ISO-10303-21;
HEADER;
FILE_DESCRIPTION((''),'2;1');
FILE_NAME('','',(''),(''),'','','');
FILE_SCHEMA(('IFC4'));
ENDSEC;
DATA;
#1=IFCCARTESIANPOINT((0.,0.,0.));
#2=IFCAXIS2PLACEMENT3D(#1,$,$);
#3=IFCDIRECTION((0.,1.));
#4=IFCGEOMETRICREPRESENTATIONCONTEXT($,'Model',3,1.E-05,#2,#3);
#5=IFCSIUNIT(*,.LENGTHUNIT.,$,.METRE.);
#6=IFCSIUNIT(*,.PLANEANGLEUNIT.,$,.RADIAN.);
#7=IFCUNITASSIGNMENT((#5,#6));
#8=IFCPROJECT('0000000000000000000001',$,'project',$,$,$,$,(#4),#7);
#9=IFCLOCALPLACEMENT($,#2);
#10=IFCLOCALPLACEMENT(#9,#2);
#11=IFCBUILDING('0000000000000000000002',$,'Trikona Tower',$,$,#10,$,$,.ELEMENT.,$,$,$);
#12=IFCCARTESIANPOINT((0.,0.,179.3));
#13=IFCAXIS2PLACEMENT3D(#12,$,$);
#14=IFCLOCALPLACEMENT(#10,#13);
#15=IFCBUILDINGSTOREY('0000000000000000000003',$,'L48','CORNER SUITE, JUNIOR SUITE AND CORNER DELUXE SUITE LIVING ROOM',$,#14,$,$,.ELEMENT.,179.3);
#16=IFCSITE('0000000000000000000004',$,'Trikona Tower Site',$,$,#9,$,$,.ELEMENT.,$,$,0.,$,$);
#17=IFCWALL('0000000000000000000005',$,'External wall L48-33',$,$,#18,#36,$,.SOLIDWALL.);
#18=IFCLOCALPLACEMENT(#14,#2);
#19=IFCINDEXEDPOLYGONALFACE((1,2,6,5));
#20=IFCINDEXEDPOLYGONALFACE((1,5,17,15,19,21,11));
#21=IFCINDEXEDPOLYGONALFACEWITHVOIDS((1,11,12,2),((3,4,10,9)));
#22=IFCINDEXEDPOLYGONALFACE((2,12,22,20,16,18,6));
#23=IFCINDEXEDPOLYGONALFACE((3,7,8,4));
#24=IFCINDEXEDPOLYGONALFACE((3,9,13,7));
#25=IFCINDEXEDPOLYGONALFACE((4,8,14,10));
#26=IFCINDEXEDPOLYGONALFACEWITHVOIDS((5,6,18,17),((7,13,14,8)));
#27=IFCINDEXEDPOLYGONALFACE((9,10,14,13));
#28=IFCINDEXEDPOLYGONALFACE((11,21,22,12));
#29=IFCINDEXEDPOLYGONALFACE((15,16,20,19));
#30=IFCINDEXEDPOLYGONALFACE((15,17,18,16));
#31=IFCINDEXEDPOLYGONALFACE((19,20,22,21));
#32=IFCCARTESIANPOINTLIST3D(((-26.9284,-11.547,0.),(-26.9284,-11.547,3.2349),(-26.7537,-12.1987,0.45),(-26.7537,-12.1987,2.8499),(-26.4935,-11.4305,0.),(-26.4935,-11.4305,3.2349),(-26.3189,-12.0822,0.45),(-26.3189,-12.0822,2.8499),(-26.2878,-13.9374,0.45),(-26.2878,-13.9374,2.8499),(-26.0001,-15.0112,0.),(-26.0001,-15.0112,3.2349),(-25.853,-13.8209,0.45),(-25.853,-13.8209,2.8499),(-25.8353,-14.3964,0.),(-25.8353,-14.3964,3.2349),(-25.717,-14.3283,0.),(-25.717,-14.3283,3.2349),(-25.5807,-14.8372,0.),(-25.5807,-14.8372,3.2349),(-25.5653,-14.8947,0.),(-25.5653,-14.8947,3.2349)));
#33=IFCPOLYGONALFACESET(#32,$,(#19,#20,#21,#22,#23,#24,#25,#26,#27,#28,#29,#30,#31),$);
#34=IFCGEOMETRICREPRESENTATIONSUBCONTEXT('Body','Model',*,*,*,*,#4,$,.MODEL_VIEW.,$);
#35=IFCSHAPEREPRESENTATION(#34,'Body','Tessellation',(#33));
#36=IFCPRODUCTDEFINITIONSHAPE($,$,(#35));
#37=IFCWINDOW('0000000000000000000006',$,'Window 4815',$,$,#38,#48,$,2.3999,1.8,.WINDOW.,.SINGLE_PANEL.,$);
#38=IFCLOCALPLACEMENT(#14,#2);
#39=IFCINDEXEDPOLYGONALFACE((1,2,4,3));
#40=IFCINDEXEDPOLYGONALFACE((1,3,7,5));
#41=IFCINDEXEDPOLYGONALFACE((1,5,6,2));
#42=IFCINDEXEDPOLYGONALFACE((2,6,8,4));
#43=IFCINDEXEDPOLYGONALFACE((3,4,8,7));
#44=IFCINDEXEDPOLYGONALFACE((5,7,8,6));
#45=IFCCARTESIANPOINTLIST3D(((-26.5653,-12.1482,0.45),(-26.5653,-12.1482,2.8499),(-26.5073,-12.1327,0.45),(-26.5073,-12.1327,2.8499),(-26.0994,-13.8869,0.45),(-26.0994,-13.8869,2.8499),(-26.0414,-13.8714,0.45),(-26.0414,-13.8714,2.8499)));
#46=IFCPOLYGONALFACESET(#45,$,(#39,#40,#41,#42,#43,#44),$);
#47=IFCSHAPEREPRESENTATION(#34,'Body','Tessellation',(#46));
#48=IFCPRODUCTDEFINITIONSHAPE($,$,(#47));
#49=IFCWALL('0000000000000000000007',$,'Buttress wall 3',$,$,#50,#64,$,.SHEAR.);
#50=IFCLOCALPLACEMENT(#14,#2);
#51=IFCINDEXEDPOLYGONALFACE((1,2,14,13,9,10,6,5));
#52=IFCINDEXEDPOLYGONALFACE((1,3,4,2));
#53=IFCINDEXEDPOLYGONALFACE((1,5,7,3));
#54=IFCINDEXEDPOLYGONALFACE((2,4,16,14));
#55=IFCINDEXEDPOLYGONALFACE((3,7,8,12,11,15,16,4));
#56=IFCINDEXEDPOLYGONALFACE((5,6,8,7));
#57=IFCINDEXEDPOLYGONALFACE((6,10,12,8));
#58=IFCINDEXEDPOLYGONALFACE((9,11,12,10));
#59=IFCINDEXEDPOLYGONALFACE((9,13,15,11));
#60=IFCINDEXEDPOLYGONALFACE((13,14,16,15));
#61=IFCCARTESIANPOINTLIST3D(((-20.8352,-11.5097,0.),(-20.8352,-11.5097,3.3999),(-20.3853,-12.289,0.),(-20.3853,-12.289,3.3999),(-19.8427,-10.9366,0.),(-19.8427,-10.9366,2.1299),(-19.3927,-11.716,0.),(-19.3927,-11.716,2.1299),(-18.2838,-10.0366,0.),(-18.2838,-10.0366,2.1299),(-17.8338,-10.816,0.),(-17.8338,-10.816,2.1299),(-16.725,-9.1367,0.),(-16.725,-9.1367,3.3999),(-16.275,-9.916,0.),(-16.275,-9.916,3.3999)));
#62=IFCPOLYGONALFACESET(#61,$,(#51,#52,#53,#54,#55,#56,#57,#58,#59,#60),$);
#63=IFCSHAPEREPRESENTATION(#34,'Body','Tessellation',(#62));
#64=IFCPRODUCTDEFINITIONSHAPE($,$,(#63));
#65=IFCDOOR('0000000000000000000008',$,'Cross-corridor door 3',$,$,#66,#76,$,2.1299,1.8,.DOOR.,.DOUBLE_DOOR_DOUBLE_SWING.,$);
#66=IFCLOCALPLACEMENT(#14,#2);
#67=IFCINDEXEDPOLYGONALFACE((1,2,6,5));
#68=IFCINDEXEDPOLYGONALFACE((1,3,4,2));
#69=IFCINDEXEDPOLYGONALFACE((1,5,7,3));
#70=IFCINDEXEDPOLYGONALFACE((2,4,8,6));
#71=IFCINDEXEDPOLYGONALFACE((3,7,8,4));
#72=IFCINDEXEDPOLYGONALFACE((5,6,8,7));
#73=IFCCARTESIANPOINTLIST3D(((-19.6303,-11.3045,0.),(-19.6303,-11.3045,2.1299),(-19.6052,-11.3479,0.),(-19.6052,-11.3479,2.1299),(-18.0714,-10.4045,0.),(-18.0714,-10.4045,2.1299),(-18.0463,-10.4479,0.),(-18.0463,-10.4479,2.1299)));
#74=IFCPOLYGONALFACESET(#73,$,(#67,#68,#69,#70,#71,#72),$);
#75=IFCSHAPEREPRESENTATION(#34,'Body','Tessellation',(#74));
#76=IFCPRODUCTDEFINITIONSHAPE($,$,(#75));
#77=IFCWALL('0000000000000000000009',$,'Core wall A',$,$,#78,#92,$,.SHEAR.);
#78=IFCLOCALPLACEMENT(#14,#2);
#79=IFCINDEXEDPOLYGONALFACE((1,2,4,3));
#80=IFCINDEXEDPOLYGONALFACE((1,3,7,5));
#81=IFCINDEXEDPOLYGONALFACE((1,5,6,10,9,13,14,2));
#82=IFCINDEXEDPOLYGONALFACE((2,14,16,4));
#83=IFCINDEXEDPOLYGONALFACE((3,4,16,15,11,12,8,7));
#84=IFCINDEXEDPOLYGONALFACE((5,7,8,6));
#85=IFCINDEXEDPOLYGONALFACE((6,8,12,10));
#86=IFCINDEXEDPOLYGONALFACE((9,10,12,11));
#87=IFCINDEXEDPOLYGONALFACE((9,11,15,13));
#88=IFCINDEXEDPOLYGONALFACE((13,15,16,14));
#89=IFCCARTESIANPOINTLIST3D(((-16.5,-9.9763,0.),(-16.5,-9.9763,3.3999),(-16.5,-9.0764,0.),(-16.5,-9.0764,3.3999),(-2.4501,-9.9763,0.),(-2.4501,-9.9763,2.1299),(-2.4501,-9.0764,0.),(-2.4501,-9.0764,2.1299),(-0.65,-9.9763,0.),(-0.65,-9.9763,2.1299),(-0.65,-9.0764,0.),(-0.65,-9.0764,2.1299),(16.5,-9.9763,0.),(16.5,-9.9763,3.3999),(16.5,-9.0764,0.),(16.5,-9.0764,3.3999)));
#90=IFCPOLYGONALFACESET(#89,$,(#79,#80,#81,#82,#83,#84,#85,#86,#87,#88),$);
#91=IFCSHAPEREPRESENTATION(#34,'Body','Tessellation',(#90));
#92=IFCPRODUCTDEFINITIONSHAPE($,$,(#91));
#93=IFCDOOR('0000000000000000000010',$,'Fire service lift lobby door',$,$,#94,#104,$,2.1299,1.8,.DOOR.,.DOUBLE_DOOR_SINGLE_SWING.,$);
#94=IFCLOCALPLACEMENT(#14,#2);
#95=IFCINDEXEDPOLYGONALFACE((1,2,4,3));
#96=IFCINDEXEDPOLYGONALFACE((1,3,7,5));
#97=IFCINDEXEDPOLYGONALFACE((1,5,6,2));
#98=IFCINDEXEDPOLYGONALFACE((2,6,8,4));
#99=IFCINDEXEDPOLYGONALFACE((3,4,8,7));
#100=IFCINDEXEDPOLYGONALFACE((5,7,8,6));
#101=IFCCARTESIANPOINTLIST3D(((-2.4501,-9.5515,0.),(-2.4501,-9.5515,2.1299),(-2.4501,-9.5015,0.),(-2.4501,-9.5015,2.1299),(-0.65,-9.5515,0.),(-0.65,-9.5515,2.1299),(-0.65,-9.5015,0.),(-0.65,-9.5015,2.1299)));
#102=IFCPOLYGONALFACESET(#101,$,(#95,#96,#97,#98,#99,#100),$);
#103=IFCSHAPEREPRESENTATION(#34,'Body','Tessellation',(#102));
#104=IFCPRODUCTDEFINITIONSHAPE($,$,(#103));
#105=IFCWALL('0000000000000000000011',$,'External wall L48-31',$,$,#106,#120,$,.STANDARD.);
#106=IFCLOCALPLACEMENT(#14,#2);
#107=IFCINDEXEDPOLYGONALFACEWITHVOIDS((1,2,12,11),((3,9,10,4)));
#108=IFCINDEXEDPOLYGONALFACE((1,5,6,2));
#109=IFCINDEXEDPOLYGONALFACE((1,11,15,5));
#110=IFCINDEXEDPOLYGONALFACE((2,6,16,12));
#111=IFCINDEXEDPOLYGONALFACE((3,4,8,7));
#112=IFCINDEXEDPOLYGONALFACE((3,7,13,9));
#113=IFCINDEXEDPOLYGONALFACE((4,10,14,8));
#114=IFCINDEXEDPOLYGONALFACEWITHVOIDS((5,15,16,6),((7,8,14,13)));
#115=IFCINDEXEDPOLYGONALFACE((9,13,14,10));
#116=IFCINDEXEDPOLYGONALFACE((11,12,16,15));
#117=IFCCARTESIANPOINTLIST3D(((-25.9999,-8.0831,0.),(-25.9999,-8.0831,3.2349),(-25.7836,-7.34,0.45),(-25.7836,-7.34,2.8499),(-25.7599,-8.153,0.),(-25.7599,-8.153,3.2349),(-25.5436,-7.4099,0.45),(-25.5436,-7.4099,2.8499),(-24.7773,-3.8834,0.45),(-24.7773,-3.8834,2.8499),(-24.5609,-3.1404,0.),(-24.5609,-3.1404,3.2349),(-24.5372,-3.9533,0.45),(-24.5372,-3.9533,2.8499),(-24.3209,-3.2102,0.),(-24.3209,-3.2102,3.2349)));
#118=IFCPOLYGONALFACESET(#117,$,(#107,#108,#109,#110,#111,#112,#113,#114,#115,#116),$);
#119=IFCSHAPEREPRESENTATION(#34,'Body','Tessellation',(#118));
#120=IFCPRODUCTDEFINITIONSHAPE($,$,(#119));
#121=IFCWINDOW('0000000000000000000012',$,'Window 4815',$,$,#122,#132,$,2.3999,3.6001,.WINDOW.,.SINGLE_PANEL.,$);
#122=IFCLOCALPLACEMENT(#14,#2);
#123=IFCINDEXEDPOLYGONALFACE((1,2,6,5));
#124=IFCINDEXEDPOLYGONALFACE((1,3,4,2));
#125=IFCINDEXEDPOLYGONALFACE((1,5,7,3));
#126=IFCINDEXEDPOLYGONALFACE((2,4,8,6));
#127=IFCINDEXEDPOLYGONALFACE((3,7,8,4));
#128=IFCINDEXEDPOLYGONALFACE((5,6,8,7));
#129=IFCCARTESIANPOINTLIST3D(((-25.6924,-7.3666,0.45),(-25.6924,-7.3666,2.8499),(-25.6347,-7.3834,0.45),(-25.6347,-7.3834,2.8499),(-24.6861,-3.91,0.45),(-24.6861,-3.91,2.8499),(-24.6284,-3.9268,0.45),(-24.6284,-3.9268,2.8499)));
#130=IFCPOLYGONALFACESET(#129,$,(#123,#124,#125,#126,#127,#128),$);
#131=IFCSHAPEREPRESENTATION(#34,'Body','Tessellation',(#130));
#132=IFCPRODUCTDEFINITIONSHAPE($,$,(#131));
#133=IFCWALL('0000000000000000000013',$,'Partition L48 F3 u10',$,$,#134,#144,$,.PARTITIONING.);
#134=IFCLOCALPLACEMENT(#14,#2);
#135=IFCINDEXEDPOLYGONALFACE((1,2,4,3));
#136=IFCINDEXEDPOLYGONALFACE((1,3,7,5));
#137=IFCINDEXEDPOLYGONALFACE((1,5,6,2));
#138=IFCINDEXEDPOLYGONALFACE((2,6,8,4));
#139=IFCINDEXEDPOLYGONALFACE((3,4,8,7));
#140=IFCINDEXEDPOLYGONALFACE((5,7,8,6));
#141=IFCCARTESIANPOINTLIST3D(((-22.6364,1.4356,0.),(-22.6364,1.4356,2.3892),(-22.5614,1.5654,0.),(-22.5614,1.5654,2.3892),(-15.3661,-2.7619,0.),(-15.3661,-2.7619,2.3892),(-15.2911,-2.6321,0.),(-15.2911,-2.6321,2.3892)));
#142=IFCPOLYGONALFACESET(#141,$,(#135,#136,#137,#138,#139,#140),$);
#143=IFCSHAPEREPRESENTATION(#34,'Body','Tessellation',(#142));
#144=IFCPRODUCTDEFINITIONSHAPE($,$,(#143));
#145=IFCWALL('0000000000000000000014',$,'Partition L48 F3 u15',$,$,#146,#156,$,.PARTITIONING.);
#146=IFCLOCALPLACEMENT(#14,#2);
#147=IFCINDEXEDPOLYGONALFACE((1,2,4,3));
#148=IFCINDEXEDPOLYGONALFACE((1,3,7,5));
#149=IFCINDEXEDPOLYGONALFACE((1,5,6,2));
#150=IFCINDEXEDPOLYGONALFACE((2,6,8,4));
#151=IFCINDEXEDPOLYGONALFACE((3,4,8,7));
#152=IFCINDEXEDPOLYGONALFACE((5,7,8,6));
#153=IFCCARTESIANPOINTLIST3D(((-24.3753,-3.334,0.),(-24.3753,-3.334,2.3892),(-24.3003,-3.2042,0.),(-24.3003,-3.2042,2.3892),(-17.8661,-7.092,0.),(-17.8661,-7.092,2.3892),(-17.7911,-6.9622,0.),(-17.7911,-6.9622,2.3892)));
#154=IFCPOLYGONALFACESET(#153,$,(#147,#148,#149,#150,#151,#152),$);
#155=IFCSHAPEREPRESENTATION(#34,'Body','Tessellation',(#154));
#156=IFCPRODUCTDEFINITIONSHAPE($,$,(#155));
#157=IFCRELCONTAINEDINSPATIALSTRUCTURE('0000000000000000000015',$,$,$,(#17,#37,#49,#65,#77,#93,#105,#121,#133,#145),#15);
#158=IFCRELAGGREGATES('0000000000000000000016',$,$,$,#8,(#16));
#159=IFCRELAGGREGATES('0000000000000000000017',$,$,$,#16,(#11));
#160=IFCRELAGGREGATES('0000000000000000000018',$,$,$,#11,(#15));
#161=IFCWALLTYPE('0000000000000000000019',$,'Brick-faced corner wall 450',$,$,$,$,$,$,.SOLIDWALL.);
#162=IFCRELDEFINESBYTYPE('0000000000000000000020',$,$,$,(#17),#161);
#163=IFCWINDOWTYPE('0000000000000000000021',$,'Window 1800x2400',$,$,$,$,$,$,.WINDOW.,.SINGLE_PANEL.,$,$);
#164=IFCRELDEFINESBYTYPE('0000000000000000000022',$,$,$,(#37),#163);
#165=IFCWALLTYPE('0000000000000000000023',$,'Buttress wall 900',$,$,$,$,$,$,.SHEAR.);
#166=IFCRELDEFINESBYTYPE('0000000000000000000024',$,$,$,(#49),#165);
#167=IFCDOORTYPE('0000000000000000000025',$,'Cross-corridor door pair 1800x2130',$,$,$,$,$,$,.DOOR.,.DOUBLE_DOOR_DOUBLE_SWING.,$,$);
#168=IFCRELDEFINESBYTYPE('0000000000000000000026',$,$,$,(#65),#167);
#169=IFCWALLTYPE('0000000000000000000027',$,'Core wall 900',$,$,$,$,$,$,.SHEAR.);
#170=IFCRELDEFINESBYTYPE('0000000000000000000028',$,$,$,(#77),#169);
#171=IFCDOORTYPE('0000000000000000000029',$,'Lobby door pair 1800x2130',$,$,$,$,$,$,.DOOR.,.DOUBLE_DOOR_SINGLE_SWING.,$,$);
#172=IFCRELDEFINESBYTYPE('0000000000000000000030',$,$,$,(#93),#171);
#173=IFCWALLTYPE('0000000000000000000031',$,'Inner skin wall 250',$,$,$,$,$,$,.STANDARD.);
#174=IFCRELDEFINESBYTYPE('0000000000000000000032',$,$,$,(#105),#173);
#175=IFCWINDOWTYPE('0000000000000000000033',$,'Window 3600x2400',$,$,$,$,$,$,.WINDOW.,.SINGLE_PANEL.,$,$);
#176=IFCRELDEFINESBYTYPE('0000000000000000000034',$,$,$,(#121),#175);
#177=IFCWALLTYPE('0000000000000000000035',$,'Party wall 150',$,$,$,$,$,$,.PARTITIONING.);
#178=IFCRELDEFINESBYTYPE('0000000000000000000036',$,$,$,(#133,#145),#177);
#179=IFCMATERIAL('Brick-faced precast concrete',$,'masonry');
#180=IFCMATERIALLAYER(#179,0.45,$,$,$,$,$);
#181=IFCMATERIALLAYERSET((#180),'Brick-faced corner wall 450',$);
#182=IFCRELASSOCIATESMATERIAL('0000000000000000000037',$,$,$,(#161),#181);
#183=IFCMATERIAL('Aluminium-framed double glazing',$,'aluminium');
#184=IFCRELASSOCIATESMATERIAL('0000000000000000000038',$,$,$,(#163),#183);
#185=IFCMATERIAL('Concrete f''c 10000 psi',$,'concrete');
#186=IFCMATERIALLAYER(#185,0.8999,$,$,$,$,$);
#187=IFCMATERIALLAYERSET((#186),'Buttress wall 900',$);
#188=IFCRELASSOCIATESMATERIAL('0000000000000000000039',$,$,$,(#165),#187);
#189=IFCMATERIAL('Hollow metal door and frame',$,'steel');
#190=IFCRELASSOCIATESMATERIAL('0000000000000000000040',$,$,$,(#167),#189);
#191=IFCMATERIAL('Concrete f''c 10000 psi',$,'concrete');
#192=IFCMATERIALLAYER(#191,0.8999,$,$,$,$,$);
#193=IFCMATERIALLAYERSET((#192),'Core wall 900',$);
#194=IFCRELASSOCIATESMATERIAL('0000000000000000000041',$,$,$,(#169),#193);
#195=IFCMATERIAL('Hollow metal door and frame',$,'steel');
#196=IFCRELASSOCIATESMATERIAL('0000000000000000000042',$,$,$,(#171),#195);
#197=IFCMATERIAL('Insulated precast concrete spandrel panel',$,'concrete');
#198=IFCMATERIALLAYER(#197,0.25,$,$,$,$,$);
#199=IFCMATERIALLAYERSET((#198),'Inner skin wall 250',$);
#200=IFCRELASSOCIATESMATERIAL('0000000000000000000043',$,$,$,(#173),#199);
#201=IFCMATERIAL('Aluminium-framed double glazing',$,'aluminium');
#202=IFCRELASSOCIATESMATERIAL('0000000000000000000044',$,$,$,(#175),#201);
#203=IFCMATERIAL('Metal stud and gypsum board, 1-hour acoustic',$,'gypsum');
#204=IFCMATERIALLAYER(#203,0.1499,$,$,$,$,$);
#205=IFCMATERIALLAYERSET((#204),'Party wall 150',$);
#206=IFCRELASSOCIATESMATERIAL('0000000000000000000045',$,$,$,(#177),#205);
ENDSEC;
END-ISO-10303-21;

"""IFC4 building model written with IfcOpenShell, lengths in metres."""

from ifc_helpers import new_model, si_unit, direction, frame, frame_2d, origin, place, context, subcontext, project, spatial, polyline, rectangle, outline, extrude, material, layer, layer_set, type_object, element, fill, save


model = new_model("IFC4")

# Units and contexts
model_context = context("Model", 3, precision=1e-05, world=origin(), true_north=direction((0.0, 1.0)))
body_context = subcontext(model_context, "Body", "Model", "MODEL_VIEW")
ifc_project = project(units=[si_unit("LENGTHUNIT", "METRE"), si_unit("PLANEANGLEUNIT", "RADIAN")], contexts=[model_context])

# Site, building, storey
site_placement = place(None, origin())
site = spatial("IfcSite", under=ifc_project, at=site_placement, Name="Trikona Tower Site", CompositionType="ELEMENT", RefElevation=0.0)
building_placement = place(site_placement, origin())
building = spatial("IfcBuilding", under=site, at=building_placement, Name="Trikona Tower", CompositionType="ELEMENT")
storey_placement = place(building_placement, frame((0.0, 0.0, 179.3)))
storey = spatial("IfcBuildingStorey", under=building, at=storey_placement, Name="L48", Description="CORNER SUITE, JUNIOR SUITE AND CORNER DELUXE SUITE LIVING ROOM", CompositionType="ELEMENT", Elevation=179.3)

# Wall, opening, window
ifc_material_1 = material(Name="Brick-faced precast concrete", Category="masonry")
ifc_layer_1 = layer(ifc_material_1, 0.45)
ifc_layer_set_1 = layer_set([ifc_layer_1], Name="Brick-faced corner wall 450")
wall_type_1 = type_object("IfcWallType", Name="Brick-faced corner wall 450", PredefinedType="SOLIDWALL", material=ifc_layer_set_1)
wall_1_placement = place(storey_placement, frame((-26.7109, -11.4888, 0.0), z_axis=(0.0, 0.0, 1.0), x_axis=(0.258823, -0.965925, 0.0)))
wall_1 = element("IfcWall", 1, at=wall_1_placement, inside=storey, type_object=wall_type_1, Name="External wall L48-33", PredefinedType="SOLIDWALL", context=body_context, shape_type="SweptSolid", body=[
    extrude(outline(polyline([(3.5864, 0.2251), (3.5269, 0.2251), (3.0352, 0.0933), (3.0, 0.2251), (0.0, 0.2251), (0.0, -0.2251), (3.5864, -0.2251), (3.5864, 0.2251)])), origin(), (0.0, 0.0, 1.0), 3.2349),
])
opening_1_placement = place(wall_1_placement, frame((0.6748, 0.0, 0.45)))
opening_1 = element("IfcOpeningElement", 2, at=opening_1_placement, cuts=wall_1, PredefinedType="OPENING", context=body_context, shape_type="SweptSolid", body=[
    extrude(rectangle(XDim=1.8, YDim=2.3999, at=frame_2d((0.8999, 1.2))), frame((0.0, 0.2349, 0.0), z_axis=(0.0, -1.0, 0.0), x_axis=(1.0, 0.0, 0.0)), (0.0, 0.0, 1.0), 0.47),
])
ifc_material_2 = material(Name="Aluminium-framed double glazing", Category="aluminium")
window_type_1 = type_object("IfcWindowType", Name="Window 1800x2400", PartitioningType="SINGLE_PANEL", PredefinedType="WINDOW", material=ifc_material_2)
window_1_placement = place(opening_1_placement, origin())
window_1 = element("IfcWindow", 3, at=window_1_placement, inside=storey, type_object=window_type_1, Name="Window 4815", OverallHeight=2.3999, OverallWidth=1.8, PartitioningType="SINGLE_PANEL", PredefinedType="WINDOW", context=body_context, shape_type="SweptSolid", body=[
    extrude(rectangle(XDim=1.8, YDim=2.3999, at=frame_2d((0.8999, 1.2))), frame((0.0, 0.03, 0.0), z_axis=(0.0, -1.0, 0.0), x_axis=(1.0, 0.0, 0.0)), (0.0, 0.0, 1.0), 0.0601),
])
fill(opening_1, window_1)

# Walls, openings, doors
ifc_material_3 = material(Name="Concrete f'c 10000 psi", Category="concrete")
ifc_layer_2 = layer(ifc_material_3, 0.8999)
ifc_layer_set_2 = layer_set([ifc_layer_2], Name="Buttress wall 900")
wall_type_2 = type_object("IfcWallType", Name="Buttress wall 900", PredefinedType="SHEAR", material=ifc_layer_set_2)
wall_2_placement = place(storey_placement, frame((-16.5, -9.5264, 0.0), z_axis=(0.0, 0.0, 1.0), x_axis=(-0.866031, -0.49999, 0.0)))
wall_2 = element("IfcWall", 4, at=wall_2_placement, inside=storey, type_object=wall_type_2, Name="Buttress wall 3", PredefinedType="SHEAR", context=body_context, shape_type="SweptSolid", body=[
    extrude(rectangle(XDim=4.7461, YDim=0.8999, at=frame_2d((2.373, 0.0))), origin(), (0.0, 0.0, 1.0), 3.3999),
])
opening_2_placement = place(wall_2_placement, frame((1.8, 0.0, 0.0)))
opening_2 = element("IfcOpeningElement", 5, at=opening_2_placement, cuts=wall_2, PredefinedType="OPENING", context=body_context, shape_type="SweptSolid", body=[
    extrude(rectangle(XDim=1.8, YDim=2.1299, at=frame_2d((0.8999, 1.0649))), frame((0.0, 0.46, 0.0), z_axis=(0.0, -1.0, 0.0), x_axis=(1.0, 0.0, 0.0)), (0.0, 0.0, 1.0), 0.9199),
])
ifc_material_4 = material(Name="Hollow metal door and frame", Category="steel")
door_type_1 = type_object("IfcDoorType", Name="Cross-corridor door pair 1800x2130", OperationType="DOUBLE_DOOR_DOUBLE_SWING", PredefinedType="DOOR", material=ifc_material_4)
door_1_placement = place(opening_2_placement, origin())
door_1 = element("IfcDoor", 6, at=door_1_placement, inside=storey, type_object=door_type_1, Name="Cross-corridor door 3", OperationType="DOUBLE_DOOR_DOUBLE_SWING", OverallHeight=2.1299, OverallWidth=1.8, PredefinedType="DOOR", context=body_context, shape_type="SweptSolid", body=[
    extrude(rectangle(XDim=1.8, YDim=2.1299, at=frame_2d((0.8999, 1.0649))), frame((0.0, 0.0249, 0.0), z_axis=(0.0, -1.0, 0.0), x_axis=(1.0, 0.0, 0.0)), (0.0, 0.0, 1.0), 0.05),
])
fill(opening_2, door_1)
ifc_material_5 = material(Name="Concrete f'c 10000 psi", Category="concrete")
ifc_layer_3 = layer(ifc_material_5, 0.8999)
ifc_layer_set_3 = layer_set([ifc_layer_3], Name="Core wall 900")
wall_type_3 = type_object("IfcWallType", Name="Core wall 900", PredefinedType="SHEAR", material=ifc_layer_set_3)
wall_3_placement = place(storey_placement, frame((-16.5, -9.5264, 0.0), z_axis=(0.0, 0.0, 1.0), x_axis=(1.0, 0.0, 0.0)))
wall_3 = element("IfcWall", 7, at=wall_3_placement, inside=storey, type_object=wall_type_3, Name="Core wall A", PredefinedType="SHEAR", context=body_context, shape_type="SweptSolid", body=[
    extrude(rectangle(XDim=33.0, YDim=0.8999, at=frame_2d((16.5, 0.0))), origin(), (0.0, 0.0, 1.0), 3.3999),
])
opening_3_placement = place(wall_3_placement, frame((14.05, 0.0, 0.0)))
opening_3 = element("IfcOpeningElement", 8, at=opening_3_placement, cuts=wall_3, PredefinedType="OPENING", context=body_context, shape_type="SweptSolid", body=[
    extrude(rectangle(XDim=1.8, YDim=2.1299, at=frame_2d((0.8999, 1.0649))), frame((0.0, 0.46, 0.0), z_axis=(0.0, -1.0, 0.0), x_axis=(1.0, 0.0, 0.0)), (0.0, 0.0, 1.0), 0.9199),
])
ifc_material_6 = material(Name="Hollow metal door and frame", Category="steel")
door_type_2 = type_object("IfcDoorType", Name="Lobby door pair 1800x2130", OperationType="DOUBLE_DOOR_SINGLE_SWING", PredefinedType="DOOR", material=ifc_material_6)
door_2_placement = place(opening_3_placement, origin())
door_2 = element("IfcDoor", 9, at=door_2_placement, inside=storey, type_object=door_type_2, Name="Fire service lift lobby door", OperationType="DOUBLE_DOOR_SINGLE_SWING", OverallHeight=2.1299, OverallWidth=1.8, PredefinedType="DOOR", context=body_context, shape_type="SweptSolid", body=[
    extrude(rectangle(XDim=1.8, YDim=2.1299, at=frame_2d((0.8999, 1.0649))), frame((0.0, 0.0249, 0.0), z_axis=(0.0, -1.0, 0.0), x_axis=(1.0, 0.0, 0.0)), (0.0, 0.0, 1.0), 0.05),
])
fill(opening_3, door_2)

# Wall, opening, window
ifc_material_7 = material(Name="Insulated precast concrete spandrel panel", Category="concrete")
ifc_layer_4 = layer(ifc_material_7, 0.25)
ifc_layer_set_4 = layer_set([ifc_layer_4], Name="Inner skin wall 250")
wall_type_4 = type_object("IfcWallType", Name="Inner skin wall 250", PredefinedType="STANDARD", material=ifc_layer_set_4)
wall_4_placement = place(storey_placement, frame((-24.4409, -3.1753, 0.0), z_axis=(0.0, 0.0, 1.0), x_axis=(-0.279528, -0.960137, 0.0)))
wall_4 = element("IfcWall", 10, at=wall_4_placement, inside=storey, type_object=wall_type_4, Name="External wall L48-31", PredefinedType="STANDARD", context=body_context, shape_type="SweptSolid", body=[
    extrude(rectangle(XDim=5.1479, YDim=0.25, at=frame_2d((2.574, 0.0))), origin(), (0.0, 0.0, 1.0), 3.2349),
])
opening_4_placement = place(wall_4_placement, frame((0.7739, 0.0, 0.45)))
opening_4 = element("IfcOpeningElement", 11, at=opening_4_placement, cuts=wall_4, PredefinedType="OPENING", context=body_context, shape_type="SweptSolid", body=[
    extrude(rectangle(XDim=3.6001, YDim=2.3999, at=frame_2d((1.8, 1.2))), frame((0.0, 0.135, 0.0), z_axis=(0.0, -1.0, 0.0), x_axis=(1.0, 0.0, 0.0)), (0.0, 0.0, 1.0), 0.27),
])
ifc_material_8 = material(Name="Aluminium-framed double glazing", Category="aluminium")
window_type_2 = type_object("IfcWindowType", Name="Window 3600x2400", PartitioningType="SINGLE_PANEL", PredefinedType="WINDOW", material=ifc_material_8)
window_2_placement = place(opening_4_placement, origin())
window_2 = element("IfcWindow", 12, at=window_2_placement, inside=storey, type_object=window_type_2, Name="Window 4815", OverallHeight=2.3999, OverallWidth=3.6001, PartitioningType="SINGLE_PANEL", PredefinedType="WINDOW", context=body_context, shape_type="SweptSolid", body=[
    extrude(rectangle(XDim=3.6001, YDim=2.3999, at=frame_2d((1.8, 1.2))), frame((0.0, 0.03, 0.0), z_axis=(0.0, -1.0, 0.0), x_axis=(1.0, 0.0, 0.0)), (0.0, 0.0, 1.0), 0.0601),
])
fill(opening_4, window_2)

# Walls
ifc_material_9 = material(Name="Metal stud and gypsum board, 1-hour acoustic", Category="gypsum")
ifc_layer_5 = layer(ifc_material_9, 0.1499)
ifc_layer_set_5 = layer_set([ifc_layer_5], Name="Party wall 150")
wall_type_5 = type_object("IfcWallType", Name="Party wall 150", PredefinedType="PARTITIONING", material=ifc_layer_set_5)
wall_5_placement = place(storey_placement, frame((-15.3286, -2.697, 0.0), z_axis=(0.0, 0.0, 1.0), x_axis=(-0.866024, 0.500002, 0.0)))
element("IfcWall", 13, at=wall_5_placement, inside=storey, type_object=wall_type_5, Name="Partition L48 F3 u10", PredefinedType="PARTITIONING", context=body_context, shape_type="SweptSolid", body=[
    extrude(rectangle(XDim=8.395, YDim=0.1499, at=frame_2d((4.1975, 0.0))), origin(), (0.0, 0.0, 1.0), 2.3892),
])
wall_6_placement = place(storey_placement, frame((-17.8286, -7.0271, 0.0), z_axis=(0.0, 0.0, 1.0), x_axis=(-0.86603, 0.499992, 0.0)))
element("IfcWall", 14, at=wall_6_placement, inside=storey, type_object=wall_type_5, Name="Partition L48 F3 u15", PredefinedType="PARTITIONING", context=body_context, shape_type="SweptSolid", body=[
    extrude(rectangle(XDim=7.5161, YDim=0.1499, at=frame_2d((3.7581, 0.0))), origin(), (0.0, 0.0, 1.0), 2.3892),
])

save(model, "model.ifc")
